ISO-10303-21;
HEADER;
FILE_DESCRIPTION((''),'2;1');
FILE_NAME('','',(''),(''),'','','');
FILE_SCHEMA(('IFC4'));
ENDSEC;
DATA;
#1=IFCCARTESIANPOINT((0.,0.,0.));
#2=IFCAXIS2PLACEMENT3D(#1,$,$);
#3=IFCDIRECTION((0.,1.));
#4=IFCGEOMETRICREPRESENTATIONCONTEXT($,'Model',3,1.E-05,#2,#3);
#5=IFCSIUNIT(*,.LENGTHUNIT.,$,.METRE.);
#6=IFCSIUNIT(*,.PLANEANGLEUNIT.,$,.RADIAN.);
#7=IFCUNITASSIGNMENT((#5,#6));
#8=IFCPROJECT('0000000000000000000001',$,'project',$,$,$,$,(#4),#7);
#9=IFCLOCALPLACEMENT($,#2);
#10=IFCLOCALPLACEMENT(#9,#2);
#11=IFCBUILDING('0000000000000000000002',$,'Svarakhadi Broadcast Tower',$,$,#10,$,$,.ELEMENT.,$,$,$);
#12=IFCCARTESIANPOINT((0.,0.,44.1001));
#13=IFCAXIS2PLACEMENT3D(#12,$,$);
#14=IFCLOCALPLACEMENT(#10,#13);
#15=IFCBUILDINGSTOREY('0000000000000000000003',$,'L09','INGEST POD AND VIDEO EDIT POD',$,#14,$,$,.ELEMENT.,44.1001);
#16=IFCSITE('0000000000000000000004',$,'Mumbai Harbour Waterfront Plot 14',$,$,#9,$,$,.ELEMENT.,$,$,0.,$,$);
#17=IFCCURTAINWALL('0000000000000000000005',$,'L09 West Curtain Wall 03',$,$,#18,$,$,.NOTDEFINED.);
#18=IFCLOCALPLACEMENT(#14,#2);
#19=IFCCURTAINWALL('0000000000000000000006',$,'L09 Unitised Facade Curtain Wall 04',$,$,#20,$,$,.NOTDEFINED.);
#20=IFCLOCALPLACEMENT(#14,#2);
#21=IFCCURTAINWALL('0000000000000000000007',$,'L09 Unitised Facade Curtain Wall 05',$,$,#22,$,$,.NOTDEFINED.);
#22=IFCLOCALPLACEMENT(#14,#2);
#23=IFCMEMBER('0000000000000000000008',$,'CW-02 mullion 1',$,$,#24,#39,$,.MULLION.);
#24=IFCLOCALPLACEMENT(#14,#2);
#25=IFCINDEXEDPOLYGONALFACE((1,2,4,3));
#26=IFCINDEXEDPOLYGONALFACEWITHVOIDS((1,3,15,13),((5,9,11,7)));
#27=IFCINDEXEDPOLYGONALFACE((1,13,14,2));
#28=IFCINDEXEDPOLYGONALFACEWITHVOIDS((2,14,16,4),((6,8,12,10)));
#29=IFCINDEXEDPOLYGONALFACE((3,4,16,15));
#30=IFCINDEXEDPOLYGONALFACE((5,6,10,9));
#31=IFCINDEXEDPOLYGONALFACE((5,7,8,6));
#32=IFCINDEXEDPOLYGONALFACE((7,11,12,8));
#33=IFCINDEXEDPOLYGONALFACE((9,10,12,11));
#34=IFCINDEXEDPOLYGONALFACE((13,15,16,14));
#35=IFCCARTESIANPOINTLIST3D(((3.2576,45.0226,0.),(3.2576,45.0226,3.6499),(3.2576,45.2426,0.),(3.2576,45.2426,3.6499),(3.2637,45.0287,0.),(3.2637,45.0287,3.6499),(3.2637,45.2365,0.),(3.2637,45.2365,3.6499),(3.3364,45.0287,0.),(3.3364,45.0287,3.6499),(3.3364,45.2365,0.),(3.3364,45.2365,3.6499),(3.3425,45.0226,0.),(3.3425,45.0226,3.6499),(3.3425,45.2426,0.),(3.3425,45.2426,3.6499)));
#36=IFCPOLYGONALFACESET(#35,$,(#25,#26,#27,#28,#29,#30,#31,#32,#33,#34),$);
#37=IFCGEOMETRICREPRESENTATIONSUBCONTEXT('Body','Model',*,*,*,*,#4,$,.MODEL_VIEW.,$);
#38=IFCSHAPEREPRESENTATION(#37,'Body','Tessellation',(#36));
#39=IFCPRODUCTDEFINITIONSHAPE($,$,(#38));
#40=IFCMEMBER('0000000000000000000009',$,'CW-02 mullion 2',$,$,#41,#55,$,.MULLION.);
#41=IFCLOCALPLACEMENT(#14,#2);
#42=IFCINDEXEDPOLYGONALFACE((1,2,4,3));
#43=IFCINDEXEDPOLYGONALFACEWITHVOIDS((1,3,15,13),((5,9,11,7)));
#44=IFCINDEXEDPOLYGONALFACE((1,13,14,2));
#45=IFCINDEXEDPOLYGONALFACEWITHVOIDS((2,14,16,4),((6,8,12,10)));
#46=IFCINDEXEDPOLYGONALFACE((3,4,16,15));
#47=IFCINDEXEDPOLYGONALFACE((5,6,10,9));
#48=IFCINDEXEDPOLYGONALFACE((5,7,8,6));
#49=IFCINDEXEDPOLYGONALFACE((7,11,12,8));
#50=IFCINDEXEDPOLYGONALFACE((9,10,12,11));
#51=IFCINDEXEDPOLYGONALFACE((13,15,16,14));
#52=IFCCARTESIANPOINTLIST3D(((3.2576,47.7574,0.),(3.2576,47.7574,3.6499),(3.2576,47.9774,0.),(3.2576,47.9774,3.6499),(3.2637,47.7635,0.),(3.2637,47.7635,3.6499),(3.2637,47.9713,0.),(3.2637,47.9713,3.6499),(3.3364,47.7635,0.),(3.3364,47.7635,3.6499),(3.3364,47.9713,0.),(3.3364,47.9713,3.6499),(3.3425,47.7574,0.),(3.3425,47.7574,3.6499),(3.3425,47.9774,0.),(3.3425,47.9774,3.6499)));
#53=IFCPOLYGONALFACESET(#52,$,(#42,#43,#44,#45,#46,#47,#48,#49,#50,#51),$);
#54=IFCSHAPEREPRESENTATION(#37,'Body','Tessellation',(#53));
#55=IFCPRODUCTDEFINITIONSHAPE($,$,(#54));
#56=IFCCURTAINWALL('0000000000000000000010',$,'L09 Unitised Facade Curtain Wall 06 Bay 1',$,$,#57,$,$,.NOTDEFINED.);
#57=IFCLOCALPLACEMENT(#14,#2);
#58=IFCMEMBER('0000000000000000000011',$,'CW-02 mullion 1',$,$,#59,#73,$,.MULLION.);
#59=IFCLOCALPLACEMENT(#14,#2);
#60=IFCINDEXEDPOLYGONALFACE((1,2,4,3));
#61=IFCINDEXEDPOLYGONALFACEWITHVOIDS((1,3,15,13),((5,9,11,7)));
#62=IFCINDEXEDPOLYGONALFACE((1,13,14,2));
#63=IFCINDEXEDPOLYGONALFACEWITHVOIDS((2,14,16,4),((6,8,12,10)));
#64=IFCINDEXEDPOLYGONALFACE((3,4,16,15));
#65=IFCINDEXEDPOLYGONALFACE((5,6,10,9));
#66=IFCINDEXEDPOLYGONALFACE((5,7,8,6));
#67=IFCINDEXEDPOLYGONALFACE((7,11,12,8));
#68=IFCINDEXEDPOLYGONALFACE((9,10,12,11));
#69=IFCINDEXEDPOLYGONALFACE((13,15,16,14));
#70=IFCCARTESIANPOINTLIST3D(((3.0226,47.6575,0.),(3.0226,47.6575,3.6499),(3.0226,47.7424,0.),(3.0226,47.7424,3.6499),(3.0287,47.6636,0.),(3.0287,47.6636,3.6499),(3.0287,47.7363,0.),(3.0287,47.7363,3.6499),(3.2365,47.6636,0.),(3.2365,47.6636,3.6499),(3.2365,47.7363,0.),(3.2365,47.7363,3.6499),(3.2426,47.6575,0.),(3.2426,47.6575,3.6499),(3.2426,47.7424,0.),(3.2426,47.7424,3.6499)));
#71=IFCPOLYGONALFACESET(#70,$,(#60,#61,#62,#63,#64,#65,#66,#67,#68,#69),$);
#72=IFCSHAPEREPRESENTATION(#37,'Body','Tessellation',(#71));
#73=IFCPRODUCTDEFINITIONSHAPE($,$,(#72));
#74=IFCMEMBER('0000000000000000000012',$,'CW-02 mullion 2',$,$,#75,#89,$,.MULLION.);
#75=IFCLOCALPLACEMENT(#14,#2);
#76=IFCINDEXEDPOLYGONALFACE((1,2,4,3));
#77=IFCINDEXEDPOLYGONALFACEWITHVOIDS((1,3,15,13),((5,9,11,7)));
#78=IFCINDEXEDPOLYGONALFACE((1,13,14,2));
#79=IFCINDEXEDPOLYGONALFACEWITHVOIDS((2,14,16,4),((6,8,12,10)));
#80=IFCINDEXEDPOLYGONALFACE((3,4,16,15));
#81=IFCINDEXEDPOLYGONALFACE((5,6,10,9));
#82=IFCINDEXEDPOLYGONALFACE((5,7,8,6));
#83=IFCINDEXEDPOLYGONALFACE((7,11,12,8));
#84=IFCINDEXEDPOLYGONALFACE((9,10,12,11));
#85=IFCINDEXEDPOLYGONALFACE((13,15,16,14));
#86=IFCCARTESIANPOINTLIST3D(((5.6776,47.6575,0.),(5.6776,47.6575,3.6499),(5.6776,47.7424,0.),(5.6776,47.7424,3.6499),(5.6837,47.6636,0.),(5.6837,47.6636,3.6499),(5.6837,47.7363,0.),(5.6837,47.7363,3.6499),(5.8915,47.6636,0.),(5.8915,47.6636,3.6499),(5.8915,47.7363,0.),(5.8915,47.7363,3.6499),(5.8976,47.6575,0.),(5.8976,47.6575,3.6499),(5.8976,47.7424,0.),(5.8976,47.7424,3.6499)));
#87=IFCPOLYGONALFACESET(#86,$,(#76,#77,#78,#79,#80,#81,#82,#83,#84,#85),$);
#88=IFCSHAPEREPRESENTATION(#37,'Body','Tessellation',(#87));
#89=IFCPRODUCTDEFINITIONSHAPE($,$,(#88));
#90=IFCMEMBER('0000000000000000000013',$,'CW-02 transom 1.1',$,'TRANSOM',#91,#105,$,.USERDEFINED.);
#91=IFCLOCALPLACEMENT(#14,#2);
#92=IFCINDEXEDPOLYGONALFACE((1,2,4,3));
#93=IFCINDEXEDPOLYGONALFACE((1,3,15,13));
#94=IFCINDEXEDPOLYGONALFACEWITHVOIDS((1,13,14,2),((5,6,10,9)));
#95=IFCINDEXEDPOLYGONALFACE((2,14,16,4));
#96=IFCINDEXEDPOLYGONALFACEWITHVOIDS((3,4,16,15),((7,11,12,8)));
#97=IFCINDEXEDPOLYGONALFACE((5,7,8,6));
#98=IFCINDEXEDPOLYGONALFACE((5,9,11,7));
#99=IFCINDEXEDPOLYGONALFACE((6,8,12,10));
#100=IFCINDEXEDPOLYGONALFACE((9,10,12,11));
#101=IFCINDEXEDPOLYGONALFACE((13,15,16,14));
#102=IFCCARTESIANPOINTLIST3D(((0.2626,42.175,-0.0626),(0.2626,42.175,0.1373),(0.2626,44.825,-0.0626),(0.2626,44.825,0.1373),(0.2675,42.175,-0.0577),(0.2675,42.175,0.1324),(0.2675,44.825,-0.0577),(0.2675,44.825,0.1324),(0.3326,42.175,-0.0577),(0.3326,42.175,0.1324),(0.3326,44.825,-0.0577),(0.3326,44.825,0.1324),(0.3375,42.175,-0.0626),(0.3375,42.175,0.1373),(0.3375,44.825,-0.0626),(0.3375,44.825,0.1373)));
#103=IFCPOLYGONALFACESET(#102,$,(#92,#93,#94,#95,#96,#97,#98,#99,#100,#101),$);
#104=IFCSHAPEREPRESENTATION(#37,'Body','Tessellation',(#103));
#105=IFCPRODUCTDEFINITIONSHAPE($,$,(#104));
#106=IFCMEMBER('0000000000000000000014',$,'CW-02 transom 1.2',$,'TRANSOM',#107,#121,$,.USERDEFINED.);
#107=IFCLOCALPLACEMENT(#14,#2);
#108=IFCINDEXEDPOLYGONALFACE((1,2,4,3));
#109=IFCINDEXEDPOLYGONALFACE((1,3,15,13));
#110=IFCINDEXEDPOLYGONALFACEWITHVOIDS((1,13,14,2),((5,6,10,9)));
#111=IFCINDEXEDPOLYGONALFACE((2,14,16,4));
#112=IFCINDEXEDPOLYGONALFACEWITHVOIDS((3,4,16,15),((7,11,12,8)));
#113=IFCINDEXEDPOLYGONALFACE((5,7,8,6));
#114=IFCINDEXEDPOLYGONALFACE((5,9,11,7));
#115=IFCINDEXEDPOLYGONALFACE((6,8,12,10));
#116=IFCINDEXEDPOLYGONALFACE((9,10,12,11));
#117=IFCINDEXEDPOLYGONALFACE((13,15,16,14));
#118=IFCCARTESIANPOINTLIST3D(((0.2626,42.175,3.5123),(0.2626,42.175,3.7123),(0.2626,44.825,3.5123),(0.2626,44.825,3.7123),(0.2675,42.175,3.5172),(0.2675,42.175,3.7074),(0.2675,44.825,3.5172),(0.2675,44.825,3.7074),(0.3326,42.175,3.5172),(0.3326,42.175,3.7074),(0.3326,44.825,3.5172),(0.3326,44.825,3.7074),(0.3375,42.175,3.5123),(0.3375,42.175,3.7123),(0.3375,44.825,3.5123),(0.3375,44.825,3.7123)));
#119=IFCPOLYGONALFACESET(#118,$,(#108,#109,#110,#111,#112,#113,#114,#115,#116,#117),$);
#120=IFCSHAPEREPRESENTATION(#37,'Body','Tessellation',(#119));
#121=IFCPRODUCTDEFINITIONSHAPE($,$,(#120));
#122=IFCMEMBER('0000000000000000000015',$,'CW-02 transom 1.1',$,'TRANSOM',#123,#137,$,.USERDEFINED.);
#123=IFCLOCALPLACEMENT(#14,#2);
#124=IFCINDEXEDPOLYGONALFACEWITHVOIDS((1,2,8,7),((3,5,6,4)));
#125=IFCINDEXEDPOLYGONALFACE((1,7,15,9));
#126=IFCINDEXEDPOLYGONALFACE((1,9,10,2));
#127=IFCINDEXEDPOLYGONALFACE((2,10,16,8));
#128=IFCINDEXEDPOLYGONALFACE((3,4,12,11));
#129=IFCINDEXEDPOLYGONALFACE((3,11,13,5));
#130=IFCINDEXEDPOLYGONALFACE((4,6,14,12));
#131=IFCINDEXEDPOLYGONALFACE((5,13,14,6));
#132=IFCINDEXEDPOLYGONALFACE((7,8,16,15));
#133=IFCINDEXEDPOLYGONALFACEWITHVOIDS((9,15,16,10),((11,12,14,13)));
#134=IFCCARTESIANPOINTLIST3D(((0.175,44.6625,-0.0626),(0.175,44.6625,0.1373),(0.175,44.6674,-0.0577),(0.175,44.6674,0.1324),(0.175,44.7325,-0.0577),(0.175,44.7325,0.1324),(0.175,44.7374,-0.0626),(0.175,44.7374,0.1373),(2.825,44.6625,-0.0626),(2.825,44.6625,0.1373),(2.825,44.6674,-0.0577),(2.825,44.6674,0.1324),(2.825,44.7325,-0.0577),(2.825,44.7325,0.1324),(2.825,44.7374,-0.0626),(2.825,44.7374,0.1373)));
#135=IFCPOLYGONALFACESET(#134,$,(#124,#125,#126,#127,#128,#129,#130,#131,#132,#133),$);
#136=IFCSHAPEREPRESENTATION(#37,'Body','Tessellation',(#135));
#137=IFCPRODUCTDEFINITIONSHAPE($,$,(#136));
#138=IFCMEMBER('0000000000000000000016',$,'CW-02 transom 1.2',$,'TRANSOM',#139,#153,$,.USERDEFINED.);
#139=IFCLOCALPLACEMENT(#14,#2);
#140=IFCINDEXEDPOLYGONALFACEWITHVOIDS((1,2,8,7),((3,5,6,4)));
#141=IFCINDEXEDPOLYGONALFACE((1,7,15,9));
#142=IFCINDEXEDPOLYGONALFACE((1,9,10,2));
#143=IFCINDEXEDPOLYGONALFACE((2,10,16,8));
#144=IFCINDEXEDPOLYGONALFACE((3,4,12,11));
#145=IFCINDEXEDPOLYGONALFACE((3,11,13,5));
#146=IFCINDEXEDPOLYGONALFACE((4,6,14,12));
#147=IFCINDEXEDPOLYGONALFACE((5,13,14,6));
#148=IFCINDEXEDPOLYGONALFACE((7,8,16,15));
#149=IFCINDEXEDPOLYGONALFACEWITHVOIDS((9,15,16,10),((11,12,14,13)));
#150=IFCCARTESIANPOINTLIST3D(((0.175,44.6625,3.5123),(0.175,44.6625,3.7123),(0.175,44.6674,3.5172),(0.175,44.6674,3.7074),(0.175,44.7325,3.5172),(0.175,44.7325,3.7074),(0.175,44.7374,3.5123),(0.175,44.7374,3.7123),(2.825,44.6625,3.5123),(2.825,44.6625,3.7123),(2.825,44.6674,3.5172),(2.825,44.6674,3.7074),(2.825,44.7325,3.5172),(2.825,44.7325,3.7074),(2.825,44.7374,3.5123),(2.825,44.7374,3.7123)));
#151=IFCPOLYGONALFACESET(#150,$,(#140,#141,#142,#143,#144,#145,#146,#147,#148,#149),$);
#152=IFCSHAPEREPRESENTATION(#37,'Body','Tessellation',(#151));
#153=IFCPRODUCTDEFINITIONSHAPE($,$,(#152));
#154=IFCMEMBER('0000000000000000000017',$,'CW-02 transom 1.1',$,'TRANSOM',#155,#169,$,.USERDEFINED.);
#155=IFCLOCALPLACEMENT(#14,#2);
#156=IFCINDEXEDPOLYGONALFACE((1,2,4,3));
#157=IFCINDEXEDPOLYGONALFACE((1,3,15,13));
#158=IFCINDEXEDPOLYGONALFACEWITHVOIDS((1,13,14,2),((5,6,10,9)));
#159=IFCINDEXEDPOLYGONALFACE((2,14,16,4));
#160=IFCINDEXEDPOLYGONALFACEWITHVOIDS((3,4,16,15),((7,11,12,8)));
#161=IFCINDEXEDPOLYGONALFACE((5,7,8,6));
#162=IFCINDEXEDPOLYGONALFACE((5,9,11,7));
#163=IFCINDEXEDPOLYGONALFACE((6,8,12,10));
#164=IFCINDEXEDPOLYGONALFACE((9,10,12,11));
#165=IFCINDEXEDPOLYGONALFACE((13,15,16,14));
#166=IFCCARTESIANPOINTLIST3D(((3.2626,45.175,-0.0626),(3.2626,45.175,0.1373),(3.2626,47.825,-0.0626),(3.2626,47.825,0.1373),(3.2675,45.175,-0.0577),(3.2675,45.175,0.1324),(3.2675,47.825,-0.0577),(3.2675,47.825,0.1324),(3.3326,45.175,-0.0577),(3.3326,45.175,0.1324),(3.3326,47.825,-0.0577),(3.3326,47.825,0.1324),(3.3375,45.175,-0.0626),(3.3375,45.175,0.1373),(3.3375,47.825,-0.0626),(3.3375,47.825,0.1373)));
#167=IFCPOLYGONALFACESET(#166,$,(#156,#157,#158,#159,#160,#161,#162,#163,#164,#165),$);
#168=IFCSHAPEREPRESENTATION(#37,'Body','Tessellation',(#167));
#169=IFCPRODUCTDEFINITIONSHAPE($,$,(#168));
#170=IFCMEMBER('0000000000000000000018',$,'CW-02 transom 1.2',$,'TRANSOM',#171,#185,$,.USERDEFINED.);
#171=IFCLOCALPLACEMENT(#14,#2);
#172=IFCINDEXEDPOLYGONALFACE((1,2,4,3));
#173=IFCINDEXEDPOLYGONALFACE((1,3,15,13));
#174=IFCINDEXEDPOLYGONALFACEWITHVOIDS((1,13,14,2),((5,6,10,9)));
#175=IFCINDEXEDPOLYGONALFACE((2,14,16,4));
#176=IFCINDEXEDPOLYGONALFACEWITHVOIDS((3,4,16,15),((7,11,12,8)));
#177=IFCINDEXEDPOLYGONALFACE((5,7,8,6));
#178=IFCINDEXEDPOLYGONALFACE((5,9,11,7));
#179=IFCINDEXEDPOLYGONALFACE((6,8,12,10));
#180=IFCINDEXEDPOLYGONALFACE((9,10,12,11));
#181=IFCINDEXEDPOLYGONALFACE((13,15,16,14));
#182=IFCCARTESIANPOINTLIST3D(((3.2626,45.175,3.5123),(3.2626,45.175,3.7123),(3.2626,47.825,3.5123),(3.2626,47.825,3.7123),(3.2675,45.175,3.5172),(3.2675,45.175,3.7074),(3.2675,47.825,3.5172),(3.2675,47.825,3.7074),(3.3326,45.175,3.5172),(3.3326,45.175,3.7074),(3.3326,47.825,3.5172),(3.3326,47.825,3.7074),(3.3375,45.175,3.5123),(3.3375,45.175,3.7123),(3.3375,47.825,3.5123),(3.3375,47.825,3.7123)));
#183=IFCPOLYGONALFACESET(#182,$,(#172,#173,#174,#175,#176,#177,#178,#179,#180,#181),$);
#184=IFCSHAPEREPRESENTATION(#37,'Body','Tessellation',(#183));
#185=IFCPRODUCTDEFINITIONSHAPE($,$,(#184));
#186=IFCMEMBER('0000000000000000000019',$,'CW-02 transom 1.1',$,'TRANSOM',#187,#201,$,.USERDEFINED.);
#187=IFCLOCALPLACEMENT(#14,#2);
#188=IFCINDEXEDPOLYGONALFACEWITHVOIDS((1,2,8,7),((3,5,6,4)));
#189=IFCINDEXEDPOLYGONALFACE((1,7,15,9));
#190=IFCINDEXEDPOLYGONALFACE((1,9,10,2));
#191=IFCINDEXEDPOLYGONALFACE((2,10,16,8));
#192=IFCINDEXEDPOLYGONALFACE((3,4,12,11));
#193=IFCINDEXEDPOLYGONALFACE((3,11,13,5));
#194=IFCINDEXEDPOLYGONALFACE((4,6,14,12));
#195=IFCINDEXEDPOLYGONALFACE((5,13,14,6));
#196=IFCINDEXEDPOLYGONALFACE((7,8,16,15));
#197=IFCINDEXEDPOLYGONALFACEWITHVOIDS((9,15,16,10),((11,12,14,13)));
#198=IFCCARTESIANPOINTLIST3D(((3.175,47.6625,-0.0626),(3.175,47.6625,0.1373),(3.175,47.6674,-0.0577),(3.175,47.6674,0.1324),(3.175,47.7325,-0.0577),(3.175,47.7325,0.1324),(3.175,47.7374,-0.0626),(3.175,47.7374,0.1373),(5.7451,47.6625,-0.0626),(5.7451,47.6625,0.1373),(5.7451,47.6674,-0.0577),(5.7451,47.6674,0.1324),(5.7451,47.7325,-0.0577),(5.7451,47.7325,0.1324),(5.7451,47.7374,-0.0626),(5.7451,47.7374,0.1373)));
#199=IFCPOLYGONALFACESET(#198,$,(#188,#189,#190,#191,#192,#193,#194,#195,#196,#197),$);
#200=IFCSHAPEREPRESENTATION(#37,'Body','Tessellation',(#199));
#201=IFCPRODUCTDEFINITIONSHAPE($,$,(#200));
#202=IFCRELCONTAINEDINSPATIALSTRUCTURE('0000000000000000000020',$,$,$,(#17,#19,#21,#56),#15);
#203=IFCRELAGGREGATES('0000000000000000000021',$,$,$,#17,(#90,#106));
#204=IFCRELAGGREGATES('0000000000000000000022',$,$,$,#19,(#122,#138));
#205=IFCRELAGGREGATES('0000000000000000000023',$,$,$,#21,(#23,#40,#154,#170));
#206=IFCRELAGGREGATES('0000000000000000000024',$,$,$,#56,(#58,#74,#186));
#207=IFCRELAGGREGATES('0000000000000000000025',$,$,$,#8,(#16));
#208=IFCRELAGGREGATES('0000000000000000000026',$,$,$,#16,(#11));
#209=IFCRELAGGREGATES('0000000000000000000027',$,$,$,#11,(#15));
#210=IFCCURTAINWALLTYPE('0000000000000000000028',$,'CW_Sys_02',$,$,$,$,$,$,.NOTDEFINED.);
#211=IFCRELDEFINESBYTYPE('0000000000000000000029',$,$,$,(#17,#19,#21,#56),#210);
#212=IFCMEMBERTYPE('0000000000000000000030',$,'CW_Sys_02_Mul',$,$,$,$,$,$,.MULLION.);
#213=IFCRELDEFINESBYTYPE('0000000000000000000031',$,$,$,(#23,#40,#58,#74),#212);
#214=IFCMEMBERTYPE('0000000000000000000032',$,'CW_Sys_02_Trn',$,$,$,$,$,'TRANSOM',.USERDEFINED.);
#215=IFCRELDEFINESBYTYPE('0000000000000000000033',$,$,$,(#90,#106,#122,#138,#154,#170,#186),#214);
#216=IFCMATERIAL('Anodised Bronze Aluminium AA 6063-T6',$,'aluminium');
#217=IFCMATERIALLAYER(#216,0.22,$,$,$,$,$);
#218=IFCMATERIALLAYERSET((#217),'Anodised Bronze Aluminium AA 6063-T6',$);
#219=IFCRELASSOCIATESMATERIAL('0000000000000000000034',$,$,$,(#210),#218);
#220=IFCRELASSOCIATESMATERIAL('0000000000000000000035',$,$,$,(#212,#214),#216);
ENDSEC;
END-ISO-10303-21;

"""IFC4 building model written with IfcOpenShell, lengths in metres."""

from ifc_helpers import new_model, si_unit, direction, frame, origin, origin_2d, place, context, subcontext, project, spatial, hollow_rectangle, extrude, material, layer, layer_set, material_profile, profile_set, type_object, element, aggregate, save


model = new_model("IFC4")

# Units and contexts
model_context = context("Model", 3, precision=1e-05, world=origin(), true_north=direction((0.0, 1.0)))
body_context = subcontext(model_context, "Body", "Model", "MODEL_VIEW")
ifc_project = project(units=[si_unit("LENGTHUNIT", "METRE"), si_unit("PLANEANGLEUNIT", "RADIAN")], contexts=[model_context])

# Site, building, storey
site_placement = place(None, origin())
site = spatial("IfcSite", under=ifc_project, at=site_placement, Name="Mumbai Harbour Waterfront Plot 14", CompositionType="ELEMENT", RefElevation=0.0)
building_placement = place(site_placement, origin())
building = spatial("IfcBuilding", under=site, at=building_placement, Name="Svarakhadi Broadcast Tower", CompositionType="ELEMENT")
storey_placement = place(building_placement, frame((0.0, 0.0, 44.1001)))
storey = spatial("IfcBuildingStorey", under=building, at=storey_placement, Name="L09", Description="INGEST POD AND VIDEO EDIT POD", CompositionType="ELEMENT", Elevation=44.1001)

# Curtain walls, members
ifc_material_1 = material(Name="Anodised Bronze Aluminium AA 6063-T6", Category="aluminium")
ifc_layer_1 = layer(ifc_material_1, 0.22)
ifc_layer_set_1 = layer_set([ifc_layer_1], Name="Anodised Bronze Aluminium AA 6063-T6")
curtain_wall_type = type_object("IfcCurtainWallType", Name="CW_Sys_02", PredefinedType="NOTDEFINED", material=ifc_layer_set_1)
curtain_wall_1_placement = place(storey_placement, origin())
curtain_wall_1 = element("IfcCurtainWall", 1, at=curtain_wall_1_placement, inside=storey, type_object=curtain_wall_type, Name="L09 West Curtain Wall 03", PredefinedType="NOTDEFINED")
ifc_material_profile_1 = material_profile(ifc_material_1, hollow_rectangle(XDim=0.085, YDim=0.22, WallThickness=0.0061, at=origin_2d()), Name="ALU MULLION 220x85x6")
ifc_profile_set_1 = profile_set([ifc_material_profile_1], Name="Anodised Bronze Aluminium AA 6063-T6")
member_type_1 = type_object("IfcMemberType", Name="CW_Sys_02_Mul", PredefinedType="MULLION", material=ifc_profile_set_1)
curtain_wall_2_placement = place(storey_placement, origin())
curtain_wall_2 = element("IfcCurtainWall", 2, at=curtain_wall_2_placement, inside=storey, type_object=curtain_wall_type, Name="L09 Unitised Facade Curtain Wall 04", PredefinedType="NOTDEFINED")
curtain_wall_3_placement = place(storey_placement, origin())
curtain_wall_3 = element("IfcCurtainWall", 3, at=curtain_wall_3_placement, inside=storey, type_object=curtain_wall_type, Name="L09 Unitised Facade Curtain Wall 05", PredefinedType="NOTDEFINED")
member_1_placement = place(storey_placement, frame((3.3, 45.1326, 0.0), z_axis=(0.0, 0.0, 1.0), x_axis=(-1.0, 0.0, 0.0)))
member_1 = element("IfcMember", 4, at=member_1_placement, type_object=member_type_1, Name="CW-02 mullion 1", PredefinedType="MULLION", context=body_context, shape_type="SweptSolid", body=[
    extrude(hollow_rectangle(XDim=0.085, YDim=0.22, WallThickness=0.0061, at=origin_2d()), origin(), (0.0, 0.0, 1.0), 3.6499),
])
member_2_placement = place(storey_placement, frame((3.3, 47.8674, 0.0), z_axis=(0.0, 0.0, 1.0), x_axis=(-1.0, 0.0, 0.0)))
member_2 = element("IfcMember", 5, at=member_2_placement, type_object=member_type_1, Name="CW-02 mullion 2", PredefinedType="MULLION", context=body_context, shape_type="SweptSolid", body=[
    extrude(hollow_rectangle(XDim=0.085, YDim=0.22, WallThickness=0.0061, at=origin_2d()), origin(), (0.0, 0.0, 1.0), 3.6499),
])
curtain_wall_4_placement = place(storey_placement, origin())
curtain_wall_4 = element("IfcCurtainWall", 6, at=curtain_wall_4_placement, inside=storey, type_object=curtain_wall_type, Name="L09 Unitised Facade Curtain Wall 06 Bay 1", PredefinedType="NOTDEFINED")
member_3_placement = place(storey_placement, frame((3.1326, 47.7, 0.0), z_axis=(0.0, 0.0, 1.0), x_axis=(0.0, 1.0, 0.0)))
member_3 = element("IfcMember", 7, at=member_3_placement, type_object=member_type_1, Name="CW-02 mullion 1", PredefinedType="MULLION", context=body_context, shape_type="SweptSolid", body=[
    extrude(hollow_rectangle(XDim=0.085, YDim=0.22, WallThickness=0.0061, at=origin_2d()), origin(), (0.0, 0.0, 1.0), 3.6499),
])
member_4_placement = place(storey_placement, frame((5.7876, 47.7, 0.0), z_axis=(0.0, 0.0, 1.0), x_axis=(0.0, 1.0, 0.0)))
member_4 = element("IfcMember", 8, at=member_4_placement, type_object=member_type_1, Name="CW-02 mullion 2", PredefinedType="MULLION", context=body_context, shape_type="SweptSolid", body=[
    extrude(hollow_rectangle(XDim=0.085, YDim=0.22, WallThickness=0.0061, at=origin_2d()), origin(), (0.0, 0.0, 1.0), 3.6499),
])

# Members
ifc_material_profile_2 = material_profile(ifc_material_1, hollow_rectangle(XDim=0.075, YDim=0.2, WallThickness=0.0049, at=origin_2d()), Name="ALU TRANSOM 200x75x5")
ifc_profile_set_2 = profile_set([ifc_material_profile_2], Name="Anodised Bronze Aluminium AA 6063-T6")
member_type_2 = type_object("IfcMemberType", Name="CW_Sys_02_Trn", ElementType="TRANSOM", PredefinedType="USERDEFINED", material=ifc_profile_set_2)
member_5_placement = place(storey_placement, frame((0.3, 42.175, 0.0374), z_axis=(0.0, 1.0, 0.0), x_axis=(-1.0, 0.0, 0.0)))
member_5 = element("IfcMember", 9, at=member_5_placement, type_object=member_type_2, Name="CW-02 transom 1.1", ObjectType="TRANSOM", PredefinedType="USERDEFINED", context=body_context, shape_type="SweptSolid", body=[
    extrude(hollow_rectangle(XDim=0.075, YDim=0.2, WallThickness=0.0049, at=origin_2d()), origin(), (0.0, 0.0, 1.0), 2.6499),
])
member_6_placement = place(storey_placement, frame((0.3, 42.175, 3.6123), z_axis=(0.0, 1.0, 0.0), x_axis=(-1.0, 0.0, 0.0)))
member_6 = element("IfcMember", 10, at=member_6_placement, type_object=member_type_2, Name="CW-02 transom 1.2", ObjectType="TRANSOM", PredefinedType="USERDEFINED", context=body_context, shape_type="SweptSolid", body=[
    extrude(hollow_rectangle(XDim=0.075, YDim=0.2, WallThickness=0.0049, at=origin_2d()), origin(), (0.0, 0.0, 1.0), 2.6499),
])
member_7_placement = place(storey_placement, frame((0.175, 44.7, 0.0374), z_axis=(1.0, 0.0, 0.0), x_axis=(0.0, 1.0, 0.0)))
member_7 = element("IfcMember", 11, at=member_7_placement, type_object=member_type_2, Name="CW-02 transom 1.1", ObjectType="TRANSOM", PredefinedType="USERDEFINED", context=body_context, shape_type="SweptSolid", body=[
    extrude(hollow_rectangle(XDim=0.075, YDim=0.2, WallThickness=0.0049, at=origin_2d()), origin(), (0.0, 0.0, 1.0), 2.6499),
])
member_8_placement = place(storey_placement, frame((0.175, 44.7, 3.6123), z_axis=(1.0, 0.0, 0.0), x_axis=(0.0, 1.0, 0.0)))
member_8 = element("IfcMember", 12, at=member_8_placement, type_object=member_type_2, Name="CW-02 transom 1.2", ObjectType="TRANSOM", PredefinedType="USERDEFINED", context=body_context, shape_type="SweptSolid", body=[
    extrude(hollow_rectangle(XDim=0.075, YDim=0.2, WallThickness=0.0049, at=origin_2d()), origin(), (0.0, 0.0, 1.0), 2.6499),
])
member_9_placement = place(storey_placement, frame((3.3, 45.175, 0.0374), z_axis=(0.0, 1.0, 0.0), x_axis=(-1.0, 0.0, 0.0)))
member_9 = element("IfcMember", 13, at=member_9_placement, type_object=member_type_2, Name="CW-02 transom 1.1", ObjectType="TRANSOM", PredefinedType="USERDEFINED", context=body_context, shape_type="SweptSolid", body=[
    extrude(hollow_rectangle(XDim=0.075, YDim=0.2, WallThickness=0.0049, at=origin_2d()), origin(), (0.0, 0.0, 1.0), 2.6499),
])
member_10_placement = place(storey_placement, frame((3.3, 45.175, 3.6123), z_axis=(0.0, 1.0, 0.0), x_axis=(-1.0, 0.0, 0.0)))
member_10 = element("IfcMember", 14, at=member_10_placement, type_object=member_type_2, Name="CW-02 transom 1.2", ObjectType="TRANSOM", PredefinedType="USERDEFINED", context=body_context, shape_type="SweptSolid", body=[
    extrude(hollow_rectangle(XDim=0.075, YDim=0.2, WallThickness=0.0049, at=origin_2d()), origin(), (0.0, 0.0, 1.0), 2.6499),
])
member_11_placement = place(storey_placement, frame((3.175, 47.7, 0.0374), z_axis=(1.0, 0.0, 0.0), x_axis=(0.0, 1.0, 0.0)))
member_11 = element("IfcMember", 15, at=member_11_placement, type_object=member_type_2, Name="CW-02 transom 1.1", ObjectType="TRANSOM", PredefinedType="USERDEFINED", context=body_context, shape_type="SweptSolid", body=[
    extrude(hollow_rectangle(XDim=0.075, YDim=0.2, WallThickness=0.0049, at=origin_2d()), origin(), (0.0, 0.0, 1.0), 2.5701),
])

aggregate(curtain_wall_1, [member_5, member_6])
aggregate(curtain_wall_2, [member_7, member_8])
aggregate(curtain_wall_3, [member_1, member_2, member_9, member_10])
aggregate(curtain_wall_4, [member_3, member_4, member_11])

save(model, "model.ifc")
